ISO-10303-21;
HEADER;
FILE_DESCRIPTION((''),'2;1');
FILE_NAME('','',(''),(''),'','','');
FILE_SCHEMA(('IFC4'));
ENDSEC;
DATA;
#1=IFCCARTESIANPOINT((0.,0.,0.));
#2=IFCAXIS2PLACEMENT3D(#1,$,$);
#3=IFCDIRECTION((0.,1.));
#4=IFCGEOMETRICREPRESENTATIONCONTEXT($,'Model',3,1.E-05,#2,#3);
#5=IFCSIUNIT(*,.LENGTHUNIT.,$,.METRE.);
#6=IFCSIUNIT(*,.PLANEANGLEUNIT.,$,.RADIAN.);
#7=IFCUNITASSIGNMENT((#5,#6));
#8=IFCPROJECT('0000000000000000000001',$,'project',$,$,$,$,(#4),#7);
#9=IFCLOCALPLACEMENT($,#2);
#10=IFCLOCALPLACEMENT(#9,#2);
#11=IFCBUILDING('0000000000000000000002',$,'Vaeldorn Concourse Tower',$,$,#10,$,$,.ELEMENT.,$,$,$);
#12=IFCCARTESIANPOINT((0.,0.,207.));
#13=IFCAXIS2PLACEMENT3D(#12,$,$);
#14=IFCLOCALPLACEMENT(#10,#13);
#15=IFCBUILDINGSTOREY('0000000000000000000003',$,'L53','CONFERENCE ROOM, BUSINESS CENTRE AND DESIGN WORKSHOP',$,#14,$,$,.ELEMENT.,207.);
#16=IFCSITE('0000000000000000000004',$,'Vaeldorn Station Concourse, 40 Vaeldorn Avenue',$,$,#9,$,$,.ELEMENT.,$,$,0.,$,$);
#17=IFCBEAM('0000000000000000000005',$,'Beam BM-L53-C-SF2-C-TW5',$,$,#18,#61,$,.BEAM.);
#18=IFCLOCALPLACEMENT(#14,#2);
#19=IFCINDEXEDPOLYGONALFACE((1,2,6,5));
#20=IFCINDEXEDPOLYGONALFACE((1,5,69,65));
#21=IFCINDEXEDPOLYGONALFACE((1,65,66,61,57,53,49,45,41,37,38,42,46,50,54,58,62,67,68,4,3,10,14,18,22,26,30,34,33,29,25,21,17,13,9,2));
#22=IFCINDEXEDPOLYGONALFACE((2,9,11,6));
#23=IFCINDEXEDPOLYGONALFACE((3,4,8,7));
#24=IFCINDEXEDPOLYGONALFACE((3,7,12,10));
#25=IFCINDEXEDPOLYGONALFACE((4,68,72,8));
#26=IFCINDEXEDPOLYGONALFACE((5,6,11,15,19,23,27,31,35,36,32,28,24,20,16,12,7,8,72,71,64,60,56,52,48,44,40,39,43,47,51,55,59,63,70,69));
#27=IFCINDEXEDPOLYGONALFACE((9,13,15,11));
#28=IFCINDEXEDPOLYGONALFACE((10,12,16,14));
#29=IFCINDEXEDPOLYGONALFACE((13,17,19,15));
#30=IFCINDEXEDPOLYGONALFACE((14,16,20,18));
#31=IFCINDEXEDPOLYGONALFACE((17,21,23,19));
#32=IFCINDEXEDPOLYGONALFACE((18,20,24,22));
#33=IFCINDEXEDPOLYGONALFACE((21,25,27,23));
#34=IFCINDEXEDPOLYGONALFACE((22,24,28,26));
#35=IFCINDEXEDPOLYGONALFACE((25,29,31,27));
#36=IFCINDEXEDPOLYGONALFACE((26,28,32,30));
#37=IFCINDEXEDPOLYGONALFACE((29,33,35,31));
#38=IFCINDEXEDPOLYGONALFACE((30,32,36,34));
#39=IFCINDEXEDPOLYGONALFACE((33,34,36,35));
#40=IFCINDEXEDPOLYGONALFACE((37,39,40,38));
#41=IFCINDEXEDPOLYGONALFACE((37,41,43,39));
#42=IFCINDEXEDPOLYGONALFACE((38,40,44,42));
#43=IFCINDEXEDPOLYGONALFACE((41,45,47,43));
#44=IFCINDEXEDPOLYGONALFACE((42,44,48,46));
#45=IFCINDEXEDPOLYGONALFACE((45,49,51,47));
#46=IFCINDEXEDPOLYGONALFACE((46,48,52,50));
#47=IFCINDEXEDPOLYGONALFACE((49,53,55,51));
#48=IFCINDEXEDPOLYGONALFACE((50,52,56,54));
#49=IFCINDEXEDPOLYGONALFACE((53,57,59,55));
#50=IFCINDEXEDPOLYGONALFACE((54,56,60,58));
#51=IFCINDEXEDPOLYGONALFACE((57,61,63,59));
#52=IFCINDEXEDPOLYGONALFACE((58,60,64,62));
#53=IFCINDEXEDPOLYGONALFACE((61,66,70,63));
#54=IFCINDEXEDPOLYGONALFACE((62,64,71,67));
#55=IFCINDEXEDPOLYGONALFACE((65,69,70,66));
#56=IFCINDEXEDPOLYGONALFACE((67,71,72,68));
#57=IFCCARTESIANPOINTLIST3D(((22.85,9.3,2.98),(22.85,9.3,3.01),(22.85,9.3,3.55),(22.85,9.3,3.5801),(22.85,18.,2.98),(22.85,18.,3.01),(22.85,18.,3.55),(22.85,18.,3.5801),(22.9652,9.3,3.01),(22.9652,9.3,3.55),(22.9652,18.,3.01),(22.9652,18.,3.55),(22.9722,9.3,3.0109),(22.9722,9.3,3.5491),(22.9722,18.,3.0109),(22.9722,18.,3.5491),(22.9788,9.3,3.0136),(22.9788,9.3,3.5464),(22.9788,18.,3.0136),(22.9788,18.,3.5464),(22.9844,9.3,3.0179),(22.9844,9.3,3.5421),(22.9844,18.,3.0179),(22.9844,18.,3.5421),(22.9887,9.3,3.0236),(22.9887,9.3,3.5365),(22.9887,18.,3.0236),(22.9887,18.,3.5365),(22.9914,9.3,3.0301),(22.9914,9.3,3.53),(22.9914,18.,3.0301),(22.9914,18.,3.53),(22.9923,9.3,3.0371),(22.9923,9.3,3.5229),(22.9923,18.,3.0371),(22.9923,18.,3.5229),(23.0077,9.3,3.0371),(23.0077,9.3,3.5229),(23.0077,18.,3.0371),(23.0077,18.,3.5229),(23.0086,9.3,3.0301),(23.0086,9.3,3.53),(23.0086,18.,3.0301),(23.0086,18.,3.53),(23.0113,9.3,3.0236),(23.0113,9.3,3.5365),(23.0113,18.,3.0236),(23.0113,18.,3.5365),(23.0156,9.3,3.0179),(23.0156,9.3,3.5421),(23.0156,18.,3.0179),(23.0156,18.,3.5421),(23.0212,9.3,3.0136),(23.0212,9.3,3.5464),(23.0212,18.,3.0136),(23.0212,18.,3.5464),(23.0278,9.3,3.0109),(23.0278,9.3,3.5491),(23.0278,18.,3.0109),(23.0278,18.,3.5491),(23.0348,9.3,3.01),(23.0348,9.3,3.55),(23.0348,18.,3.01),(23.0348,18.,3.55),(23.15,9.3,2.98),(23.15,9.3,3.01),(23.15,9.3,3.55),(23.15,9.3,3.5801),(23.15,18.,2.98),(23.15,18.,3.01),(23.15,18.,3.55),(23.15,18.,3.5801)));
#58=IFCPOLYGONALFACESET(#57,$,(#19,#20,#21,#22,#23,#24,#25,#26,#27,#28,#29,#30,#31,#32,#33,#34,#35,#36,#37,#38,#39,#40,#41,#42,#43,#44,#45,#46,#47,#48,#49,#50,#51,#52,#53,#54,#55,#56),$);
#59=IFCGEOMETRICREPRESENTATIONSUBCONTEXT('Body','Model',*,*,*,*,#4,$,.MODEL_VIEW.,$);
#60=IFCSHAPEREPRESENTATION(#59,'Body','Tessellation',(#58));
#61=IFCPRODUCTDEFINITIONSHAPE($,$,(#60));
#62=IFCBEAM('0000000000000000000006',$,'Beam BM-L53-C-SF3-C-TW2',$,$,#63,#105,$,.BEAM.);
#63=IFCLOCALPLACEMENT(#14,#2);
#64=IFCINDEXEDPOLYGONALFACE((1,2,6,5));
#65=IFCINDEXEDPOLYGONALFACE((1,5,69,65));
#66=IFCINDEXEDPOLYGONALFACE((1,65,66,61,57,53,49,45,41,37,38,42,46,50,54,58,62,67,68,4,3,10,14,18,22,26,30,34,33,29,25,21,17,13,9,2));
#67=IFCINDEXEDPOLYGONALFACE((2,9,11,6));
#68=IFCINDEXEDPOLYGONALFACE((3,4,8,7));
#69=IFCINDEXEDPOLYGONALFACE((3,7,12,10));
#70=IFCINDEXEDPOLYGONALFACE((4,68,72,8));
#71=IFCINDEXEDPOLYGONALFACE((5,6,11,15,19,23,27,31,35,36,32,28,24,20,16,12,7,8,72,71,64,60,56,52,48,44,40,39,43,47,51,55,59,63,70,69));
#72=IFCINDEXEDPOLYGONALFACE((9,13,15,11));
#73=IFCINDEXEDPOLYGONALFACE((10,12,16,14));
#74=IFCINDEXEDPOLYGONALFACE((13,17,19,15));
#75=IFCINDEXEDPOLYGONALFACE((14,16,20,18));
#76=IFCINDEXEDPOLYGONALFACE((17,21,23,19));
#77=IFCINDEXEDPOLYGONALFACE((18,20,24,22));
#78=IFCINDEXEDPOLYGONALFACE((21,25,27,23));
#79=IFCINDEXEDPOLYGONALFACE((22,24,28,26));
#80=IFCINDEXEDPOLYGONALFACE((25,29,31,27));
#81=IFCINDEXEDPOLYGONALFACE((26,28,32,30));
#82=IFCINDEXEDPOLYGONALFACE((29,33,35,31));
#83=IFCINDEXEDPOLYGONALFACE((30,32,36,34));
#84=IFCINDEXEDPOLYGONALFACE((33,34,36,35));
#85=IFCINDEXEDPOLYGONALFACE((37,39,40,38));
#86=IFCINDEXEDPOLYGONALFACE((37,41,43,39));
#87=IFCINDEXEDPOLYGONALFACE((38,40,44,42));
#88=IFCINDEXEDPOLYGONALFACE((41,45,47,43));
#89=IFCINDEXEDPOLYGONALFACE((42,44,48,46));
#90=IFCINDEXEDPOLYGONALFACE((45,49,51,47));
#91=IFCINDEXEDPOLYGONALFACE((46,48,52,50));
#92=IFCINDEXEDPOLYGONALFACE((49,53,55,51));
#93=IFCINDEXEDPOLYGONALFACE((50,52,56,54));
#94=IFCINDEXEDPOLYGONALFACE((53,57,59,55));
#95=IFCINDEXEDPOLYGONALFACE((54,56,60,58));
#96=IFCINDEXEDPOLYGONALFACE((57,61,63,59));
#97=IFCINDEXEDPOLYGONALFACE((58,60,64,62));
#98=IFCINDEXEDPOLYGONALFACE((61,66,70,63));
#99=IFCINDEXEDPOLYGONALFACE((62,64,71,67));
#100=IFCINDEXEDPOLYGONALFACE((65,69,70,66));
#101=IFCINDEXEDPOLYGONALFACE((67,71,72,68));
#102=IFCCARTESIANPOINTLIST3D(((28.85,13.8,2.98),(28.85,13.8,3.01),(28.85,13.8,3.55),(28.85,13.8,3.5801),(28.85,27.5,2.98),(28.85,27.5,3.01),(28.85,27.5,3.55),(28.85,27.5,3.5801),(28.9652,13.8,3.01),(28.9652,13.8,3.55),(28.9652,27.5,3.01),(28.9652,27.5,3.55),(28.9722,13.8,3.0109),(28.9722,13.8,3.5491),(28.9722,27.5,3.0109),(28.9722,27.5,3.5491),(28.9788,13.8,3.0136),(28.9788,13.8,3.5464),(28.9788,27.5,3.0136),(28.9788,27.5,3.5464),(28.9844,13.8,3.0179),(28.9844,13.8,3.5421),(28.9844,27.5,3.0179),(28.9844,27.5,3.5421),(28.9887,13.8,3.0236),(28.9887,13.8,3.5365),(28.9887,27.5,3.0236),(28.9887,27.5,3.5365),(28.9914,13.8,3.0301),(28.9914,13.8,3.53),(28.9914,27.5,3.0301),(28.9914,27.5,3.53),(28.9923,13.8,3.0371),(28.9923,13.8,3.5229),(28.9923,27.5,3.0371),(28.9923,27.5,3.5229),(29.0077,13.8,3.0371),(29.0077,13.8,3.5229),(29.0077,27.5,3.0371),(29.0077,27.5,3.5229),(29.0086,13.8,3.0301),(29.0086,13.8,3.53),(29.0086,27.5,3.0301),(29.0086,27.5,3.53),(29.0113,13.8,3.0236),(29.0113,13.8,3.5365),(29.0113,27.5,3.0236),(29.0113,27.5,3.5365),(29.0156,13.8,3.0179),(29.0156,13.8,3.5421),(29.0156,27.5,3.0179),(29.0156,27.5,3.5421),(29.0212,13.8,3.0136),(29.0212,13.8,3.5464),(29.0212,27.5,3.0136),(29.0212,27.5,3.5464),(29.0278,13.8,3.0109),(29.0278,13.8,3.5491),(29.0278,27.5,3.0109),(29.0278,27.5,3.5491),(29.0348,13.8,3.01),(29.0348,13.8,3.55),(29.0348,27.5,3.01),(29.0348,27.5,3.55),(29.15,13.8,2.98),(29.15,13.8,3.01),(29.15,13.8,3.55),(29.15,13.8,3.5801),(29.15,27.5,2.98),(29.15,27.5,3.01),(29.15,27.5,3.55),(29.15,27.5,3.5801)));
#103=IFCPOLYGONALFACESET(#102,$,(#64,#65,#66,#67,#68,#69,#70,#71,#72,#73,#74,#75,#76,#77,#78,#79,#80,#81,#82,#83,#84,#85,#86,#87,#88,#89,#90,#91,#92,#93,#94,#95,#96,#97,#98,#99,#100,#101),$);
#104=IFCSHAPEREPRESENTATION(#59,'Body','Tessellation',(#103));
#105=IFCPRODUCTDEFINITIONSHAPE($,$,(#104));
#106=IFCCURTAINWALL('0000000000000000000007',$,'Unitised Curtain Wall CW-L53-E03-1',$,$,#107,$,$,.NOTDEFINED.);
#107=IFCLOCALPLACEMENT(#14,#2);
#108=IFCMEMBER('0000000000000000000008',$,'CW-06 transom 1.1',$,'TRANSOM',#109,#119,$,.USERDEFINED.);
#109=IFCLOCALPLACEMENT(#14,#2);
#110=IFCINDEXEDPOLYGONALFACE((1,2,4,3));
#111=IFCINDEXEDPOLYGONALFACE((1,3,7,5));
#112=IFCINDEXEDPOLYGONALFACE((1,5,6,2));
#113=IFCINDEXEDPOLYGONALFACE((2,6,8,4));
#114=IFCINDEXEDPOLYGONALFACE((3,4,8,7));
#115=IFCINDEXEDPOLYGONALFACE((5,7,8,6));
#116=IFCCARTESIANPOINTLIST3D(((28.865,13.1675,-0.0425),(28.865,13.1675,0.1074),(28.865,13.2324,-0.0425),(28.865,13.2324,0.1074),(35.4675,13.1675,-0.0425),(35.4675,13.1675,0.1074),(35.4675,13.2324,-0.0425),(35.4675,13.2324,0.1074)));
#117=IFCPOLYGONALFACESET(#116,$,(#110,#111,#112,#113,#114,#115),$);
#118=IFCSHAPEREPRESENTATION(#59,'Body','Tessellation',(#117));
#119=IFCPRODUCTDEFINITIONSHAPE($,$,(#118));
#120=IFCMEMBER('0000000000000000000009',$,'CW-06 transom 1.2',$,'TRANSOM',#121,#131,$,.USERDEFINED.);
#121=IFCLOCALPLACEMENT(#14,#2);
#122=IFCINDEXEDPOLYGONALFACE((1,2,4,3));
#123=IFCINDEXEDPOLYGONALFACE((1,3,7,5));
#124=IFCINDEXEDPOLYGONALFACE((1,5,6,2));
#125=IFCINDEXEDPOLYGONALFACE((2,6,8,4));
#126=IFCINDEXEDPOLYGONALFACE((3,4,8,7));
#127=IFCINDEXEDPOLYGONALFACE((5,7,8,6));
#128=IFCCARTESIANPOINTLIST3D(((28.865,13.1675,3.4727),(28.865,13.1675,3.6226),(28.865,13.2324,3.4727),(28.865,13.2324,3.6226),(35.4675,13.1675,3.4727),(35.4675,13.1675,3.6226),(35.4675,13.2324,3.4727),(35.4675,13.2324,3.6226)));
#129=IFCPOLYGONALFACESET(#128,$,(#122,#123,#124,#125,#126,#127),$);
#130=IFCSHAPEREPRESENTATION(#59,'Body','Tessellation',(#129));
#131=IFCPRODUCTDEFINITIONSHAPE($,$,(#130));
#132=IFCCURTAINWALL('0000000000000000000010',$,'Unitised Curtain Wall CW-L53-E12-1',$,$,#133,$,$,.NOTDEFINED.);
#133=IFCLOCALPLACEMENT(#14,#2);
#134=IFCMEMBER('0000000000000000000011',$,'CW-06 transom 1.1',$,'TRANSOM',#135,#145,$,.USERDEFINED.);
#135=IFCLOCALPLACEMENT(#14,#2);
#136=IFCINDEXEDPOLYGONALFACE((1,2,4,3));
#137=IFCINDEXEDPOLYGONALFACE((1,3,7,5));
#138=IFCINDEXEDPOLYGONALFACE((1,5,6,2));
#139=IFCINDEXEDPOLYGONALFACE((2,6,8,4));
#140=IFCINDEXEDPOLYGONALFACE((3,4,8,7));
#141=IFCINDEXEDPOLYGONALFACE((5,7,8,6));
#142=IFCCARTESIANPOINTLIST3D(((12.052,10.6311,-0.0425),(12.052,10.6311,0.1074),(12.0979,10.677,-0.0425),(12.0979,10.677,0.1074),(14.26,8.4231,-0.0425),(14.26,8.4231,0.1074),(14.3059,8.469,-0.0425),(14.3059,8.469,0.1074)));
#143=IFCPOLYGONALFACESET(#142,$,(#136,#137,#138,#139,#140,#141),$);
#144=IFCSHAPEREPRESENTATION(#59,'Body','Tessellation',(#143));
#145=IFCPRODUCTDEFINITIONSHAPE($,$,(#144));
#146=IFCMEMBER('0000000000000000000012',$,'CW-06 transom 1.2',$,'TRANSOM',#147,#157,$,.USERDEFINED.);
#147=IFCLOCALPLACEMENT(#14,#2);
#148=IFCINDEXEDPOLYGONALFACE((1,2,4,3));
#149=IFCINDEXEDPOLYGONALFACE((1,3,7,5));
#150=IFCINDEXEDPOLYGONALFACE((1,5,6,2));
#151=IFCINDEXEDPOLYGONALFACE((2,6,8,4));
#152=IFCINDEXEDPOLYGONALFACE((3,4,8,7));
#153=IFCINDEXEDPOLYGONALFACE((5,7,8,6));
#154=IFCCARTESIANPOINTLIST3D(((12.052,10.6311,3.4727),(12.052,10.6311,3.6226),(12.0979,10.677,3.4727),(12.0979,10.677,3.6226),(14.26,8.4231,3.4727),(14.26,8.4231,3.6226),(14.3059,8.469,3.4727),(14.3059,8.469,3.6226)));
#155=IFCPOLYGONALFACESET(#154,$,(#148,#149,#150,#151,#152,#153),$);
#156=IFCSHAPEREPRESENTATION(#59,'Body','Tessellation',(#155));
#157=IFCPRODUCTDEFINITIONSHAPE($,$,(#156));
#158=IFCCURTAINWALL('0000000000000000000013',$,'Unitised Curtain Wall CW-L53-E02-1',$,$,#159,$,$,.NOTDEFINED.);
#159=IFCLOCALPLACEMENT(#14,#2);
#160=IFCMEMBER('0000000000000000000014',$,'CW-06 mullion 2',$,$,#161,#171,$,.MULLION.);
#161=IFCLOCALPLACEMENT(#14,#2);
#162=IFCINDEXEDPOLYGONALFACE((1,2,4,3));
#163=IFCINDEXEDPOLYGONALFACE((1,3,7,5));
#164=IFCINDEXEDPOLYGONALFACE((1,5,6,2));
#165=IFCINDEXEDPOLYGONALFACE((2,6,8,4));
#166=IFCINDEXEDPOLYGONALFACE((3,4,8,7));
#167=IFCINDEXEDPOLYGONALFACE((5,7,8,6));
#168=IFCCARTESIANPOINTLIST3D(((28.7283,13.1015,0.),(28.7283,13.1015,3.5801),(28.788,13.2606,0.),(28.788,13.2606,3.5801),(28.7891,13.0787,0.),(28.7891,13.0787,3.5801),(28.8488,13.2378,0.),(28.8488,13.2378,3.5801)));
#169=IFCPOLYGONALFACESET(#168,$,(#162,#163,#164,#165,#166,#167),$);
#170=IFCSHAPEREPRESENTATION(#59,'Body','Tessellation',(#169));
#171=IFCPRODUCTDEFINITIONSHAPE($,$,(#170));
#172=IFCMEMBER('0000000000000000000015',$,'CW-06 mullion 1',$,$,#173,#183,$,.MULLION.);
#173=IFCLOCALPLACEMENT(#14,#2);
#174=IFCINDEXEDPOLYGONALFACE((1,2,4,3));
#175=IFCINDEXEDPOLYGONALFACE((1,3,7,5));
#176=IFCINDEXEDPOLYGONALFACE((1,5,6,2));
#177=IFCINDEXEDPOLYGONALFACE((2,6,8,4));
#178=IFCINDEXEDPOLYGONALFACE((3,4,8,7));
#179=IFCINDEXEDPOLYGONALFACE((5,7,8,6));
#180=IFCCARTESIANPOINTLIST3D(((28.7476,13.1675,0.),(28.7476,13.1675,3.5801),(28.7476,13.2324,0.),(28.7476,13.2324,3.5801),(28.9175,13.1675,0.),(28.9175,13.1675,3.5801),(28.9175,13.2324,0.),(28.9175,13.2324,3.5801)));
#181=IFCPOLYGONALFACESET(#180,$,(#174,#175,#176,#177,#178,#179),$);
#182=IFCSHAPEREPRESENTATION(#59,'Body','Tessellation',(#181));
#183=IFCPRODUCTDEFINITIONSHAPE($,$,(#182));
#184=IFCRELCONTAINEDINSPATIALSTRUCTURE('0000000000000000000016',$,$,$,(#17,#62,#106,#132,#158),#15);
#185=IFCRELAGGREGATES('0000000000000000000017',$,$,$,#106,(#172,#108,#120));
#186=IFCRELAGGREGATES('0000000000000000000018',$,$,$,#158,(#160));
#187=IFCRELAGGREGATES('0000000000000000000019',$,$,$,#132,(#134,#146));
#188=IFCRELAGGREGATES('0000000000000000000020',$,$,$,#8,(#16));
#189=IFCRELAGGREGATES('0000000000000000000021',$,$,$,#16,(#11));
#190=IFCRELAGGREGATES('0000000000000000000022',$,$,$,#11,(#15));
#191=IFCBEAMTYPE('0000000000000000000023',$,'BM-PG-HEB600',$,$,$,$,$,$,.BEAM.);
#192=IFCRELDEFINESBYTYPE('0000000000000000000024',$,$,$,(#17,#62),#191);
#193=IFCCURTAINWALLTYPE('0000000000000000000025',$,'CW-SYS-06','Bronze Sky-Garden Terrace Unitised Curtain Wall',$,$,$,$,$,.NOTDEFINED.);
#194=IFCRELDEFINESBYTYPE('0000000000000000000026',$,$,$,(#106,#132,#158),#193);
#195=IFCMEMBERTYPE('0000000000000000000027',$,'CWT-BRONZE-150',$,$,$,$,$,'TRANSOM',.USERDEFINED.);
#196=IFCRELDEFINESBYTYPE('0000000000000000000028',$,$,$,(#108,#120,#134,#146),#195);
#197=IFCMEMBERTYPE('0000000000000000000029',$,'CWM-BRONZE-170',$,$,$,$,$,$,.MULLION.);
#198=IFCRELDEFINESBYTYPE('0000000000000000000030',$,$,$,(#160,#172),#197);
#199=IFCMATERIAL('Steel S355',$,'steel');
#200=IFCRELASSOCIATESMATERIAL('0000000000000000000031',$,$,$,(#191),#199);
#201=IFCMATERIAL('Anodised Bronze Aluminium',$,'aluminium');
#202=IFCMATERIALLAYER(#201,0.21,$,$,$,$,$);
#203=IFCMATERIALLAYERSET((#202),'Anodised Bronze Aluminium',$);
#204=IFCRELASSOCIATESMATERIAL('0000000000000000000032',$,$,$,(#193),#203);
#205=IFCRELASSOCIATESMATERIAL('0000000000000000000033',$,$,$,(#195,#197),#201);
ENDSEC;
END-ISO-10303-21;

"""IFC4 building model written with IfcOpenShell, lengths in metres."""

from ifc_helpers import new_model, si_unit, direction, frame, origin, origin_2d, place, context, subcontext, project, spatial, rectangle, i_section, extrude, source, transform, mapped, material, layer, layer_set, material_profile, profile_set, type_object, element, aggregate, save


model = new_model("IFC4")

# Units and contexts
model_context = context("Model", 3, precision=1e-05, world=origin(), true_north=direction((0.0, 1.0)))
body_context = subcontext(model_context, "Body", "Model", "MODEL_VIEW")
ifc_project = project(units=[si_unit("LENGTHUNIT", "METRE"), si_unit("PLANEANGLEUNIT", "RADIAN")], contexts=[model_context])

# Site, building, storey
site_placement = place(None, origin())
site = spatial("IfcSite", under=ifc_project, at=site_placement, Name="Vaeldorn Station Concourse, 40 Vaeldorn Avenue", CompositionType="ELEMENT", RefElevation=0.0)
building_placement = place(site_placement, origin())
building = spatial("IfcBuilding", under=site, at=building_placement, Name="Vaeldorn Concourse Tower", CompositionType="ELEMENT")
storey_placement = place(building_placement, frame((0.0, 0.0, 207.0)))
storey = spatial("IfcBuildingStorey", under=building, at=storey_placement, Name="L53", Description="CONFERENCE ROOM, BUSINESS CENTRE AND DESIGN WORKSHOP", CompositionType="ELEMENT", Elevation=207.0)

# Shared definitions
ifc_material_1 = material(Name="Steel S355", Category="steel")

# Beams
ifc_material_profile_1 = material_profile(ifc_material_1, i_section(OverallWidth=0.3, OverallDepth=0.6001, WebThickness=0.0154, FlangeThickness=0.03, FilletRadius=0.0271, at=origin_2d()), Name="HEB 600")
ifc_profile_set_1 = profile_set([ifc_material_profile_1], Name="Steel S355")
beam_type_1 = type_object("IfcBeamType", Name="BM-PG-HEB600", PredefinedType="BEAM", material=ifc_profile_set_1)
shared_shape_1 = source(origin(), body_context, "Body", "SweptSolid", [
    extrude(i_section(OverallWidth=0.3, OverallDepth=0.6001, WebThickness=0.0154, FlangeThickness=0.03, FilletRadius=0.0271, at=origin_2d()), origin(), (0.0, 0.0, 1.0), 8.7),
])
beam_1_placement = place(storey_placement, frame((23.0, 9.3, 3.28), z_axis=(0.0, 1.0, 0.0), x_axis=(-1.0, 0.0, 0.0)))
element("IfcBeam", 1, at=beam_1_placement, inside=storey, type_object=beam_type_1, Name="Beam BM-L53-C-SF2-C-TW5", PredefinedType="BEAM", context=body_context, shape_type="MappedRepresentation", body=[
    mapped(shared_shape_1, transform((0.0, 0.0, 0.0), scale=1.0)),
])
shared_shape_2 = source(origin(), body_context, "Body", "SweptSolid", [
    extrude(i_section(OverallWidth=0.3, OverallDepth=0.6001, WebThickness=0.0154, FlangeThickness=0.03, FilletRadius=0.0271, at=origin_2d()), origin(), (0.0, 0.0, 1.0), 13.7),
])
beam_2_placement = place(storey_placement, frame((29.0, 13.8, 3.28), z_axis=(0.0, 1.0, 0.0), x_axis=(-1.0, 0.0, 0.0)))
element("IfcBeam", 2, at=beam_2_placement, inside=storey, type_object=beam_type_1, Name="Beam BM-L53-C-SF3-C-TW2", PredefinedType="BEAM", context=body_context, shape_type="MappedRepresentation", body=[
    mapped(shared_shape_2, transform((0.0, 0.0, 0.0), scale=1.0)),
])

# Curtain walls, members
ifc_material_2 = material(Name="Anodised Bronze Aluminium", Category="aluminium")
ifc_layer_1 = layer(ifc_material_2, 0.21)
ifc_layer_set_1 = layer_set([ifc_layer_1], Name="Anodised Bronze Aluminium")
curtain_wall_type = type_object("IfcCurtainWallType", Name="CW-SYS-06", Description="Bronze Sky-Garden Terrace Unitised Curtain Wall", PredefinedType="NOTDEFINED", material=ifc_layer_set_1)
curtain_wall_1_placement = place(storey_placement, origin())
curtain_wall_1 = element("IfcCurtainWall", 3, at=curtain_wall_1_placement, inside=storey, type_object=curtain_wall_type, Name="Unitised Curtain Wall CW-L53-E03-1", PredefinedType="NOTDEFINED")
ifc_material_profile_2 = material_profile(ifc_material_2, rectangle(XDim=0.0649, YDim=0.1499, at=origin_2d()), Name="CWT 65x150")
ifc_profile_set_2 = profile_set([ifc_material_profile_2], Name="Anodised Bronze Aluminium")
member_type_1 = type_object("IfcMemberType", Name="CWT-BRONZE-150", ElementType="TRANSOM", PredefinedType="USERDEFINED", material=ifc_profile_set_2)
shared_shape_3 = source(origin(), body_context, "Body", "SweptSolid", [
    extrude(rectangle(XDim=0.0649, YDim=0.1499, at=origin_2d()), origin(), (0.0, 0.0, 1.0), 6.6025),
])
member_1_placement = place(storey_placement, frame((28.865, 13.2, 0.0325), z_axis=(1.0, 0.0, 0.0), x_axis=(0.0, 1.0, 0.0)))
member_1 = element("IfcMember", 4, at=member_1_placement, type_object=member_type_1, Name="CW-06 transom 1.1", ObjectType="TRANSOM", PredefinedType="USERDEFINED", context=body_context, shape_type="MappedRepresentation", body=[
    mapped(shared_shape_3, transform((0.0, 0.0, 0.0), scale=1.0)),
])
member_2_placement = place(storey_placement, frame((28.865, 13.2, 3.5476), z_axis=(1.0, 0.0, 0.0), x_axis=(0.0, 1.0, 0.0)))
member_2 = element("IfcMember", 5, at=member_2_placement, type_object=member_type_1, Name="CW-06 transom 1.2", ObjectType="TRANSOM", PredefinedType="USERDEFINED", context=body_context, shape_type="MappedRepresentation", body=[
    mapped(shared_shape_3, transform((0.0, 0.0, 0.0), scale=1.0)),
])
curtain_wall_2_placement = place(storey_placement, origin())
curtain_wall_2 = element("IfcCurtainWall", 6, at=curtain_wall_2_placement, inside=storey, type_object=curtain_wall_type, Name="Unitised Curtain Wall CW-L53-E12-1", PredefinedType="NOTDEFINED")
shared_shape_4 = source(origin(), body_context, "Body", "SweptSolid", [
    extrude(rectangle(XDim=0.0649, YDim=0.1499, at=origin_2d()), origin(), (0.0, 0.0, 1.0), 3.1226),
])
member_3_placement = place(storey_placement, frame((12.075, 10.6541, 0.0325), z_axis=(0.707107, -0.707107, 0.0), x_axis=(0.707107, 0.707107, 0.0)))
member_3 = element("IfcMember", 7, at=member_3_placement, type_object=member_type_1, Name="CW-06 transom 1.1", ObjectType="TRANSOM", PredefinedType="USERDEFINED", context=body_context, shape_type="MappedRepresentation", body=[
    mapped(shared_shape_4, transform((0.0, 0.0, 0.0), scale=1.0)),
])
member_4_placement = place(storey_placement, frame((12.075, 10.6541, 3.5476), z_axis=(0.707107, -0.707107, 0.0), x_axis=(0.707107, 0.707107, 0.0)))
member_4 = element("IfcMember", 8, at=member_4_placement, type_object=member_type_1, Name="CW-06 transom 1.2", ObjectType="TRANSOM", PredefinedType="USERDEFINED", context=body_context, shape_type="MappedRepresentation", body=[
    mapped(shared_shape_4, transform((0.0, 0.0, 0.0), scale=1.0)),
])

# Curtain wall, member
curtain_wall_3_placement = place(storey_placement, origin())
curtain_wall_3 = element("IfcCurtainWall", 9, at=curtain_wall_3_placement, inside=storey, type_object=curtain_wall_type, Name="Unitised Curtain Wall CW-L53-E02-1", PredefinedType="NOTDEFINED")
ifc_material_profile_3 = material_profile(ifc_material_2, rectangle(XDim=0.0649, YDim=0.1699, at=origin_2d()), Name="CWM 65x170")
ifc_profile_set_3 = profile_set([ifc_material_profile_3], Name="Anodised Bronze Aluminium")
member_type_2 = type_object("IfcMemberType", Name="CWM-BRONZE-170", PredefinedType="MULLION", material=ifc_profile_set_3)
shared_shape_5 = source(origin(), body_context, "Body", "SweptSolid", [
    extrude(rectangle(XDim=0.0649, YDim=0.1699, at=origin_2d()), origin(), (0.0, 0.0, 1.0), 3.5801),
])
member_5_placement = place(storey_placement, frame((28.7886, 13.1697, 0.0), z_axis=(0.0, 0.0, 1.0), x_axis=(-0.936329, 0.351123, 0.0)))
member_5 = element("IfcMember", 10, at=member_5_placement, type_object=member_type_2, Name="CW-06 mullion 2", PredefinedType="MULLION", context=body_context, shape_type="MappedRepresentation", body=[
    mapped(shared_shape_5, transform((0.0, 0.0, 0.0), scale=1.0)),
])

# Member
member_6_placement = place(storey_placement, frame((28.8325, 13.2, 0.0), z_axis=(0.0, 0.0, 1.0), x_axis=(0.0, 1.0, 0.0)))
member_6 = element("IfcMember", 11, at=member_6_placement, type_object=member_type_2, Name="CW-06 mullion 1", PredefinedType="MULLION", context=body_context, shape_type="MappedRepresentation", body=[
    mapped(shared_shape_5, transform((0.0, 0.0, 0.0), scale=1.0)),
])
aggregate(curtain_wall_1, [member_6, member_1, member_2])

aggregate(curtain_wall_3, [member_5])
aggregate(curtain_wall_2, [member_3, member_4])

save(model, "model.ifc")
